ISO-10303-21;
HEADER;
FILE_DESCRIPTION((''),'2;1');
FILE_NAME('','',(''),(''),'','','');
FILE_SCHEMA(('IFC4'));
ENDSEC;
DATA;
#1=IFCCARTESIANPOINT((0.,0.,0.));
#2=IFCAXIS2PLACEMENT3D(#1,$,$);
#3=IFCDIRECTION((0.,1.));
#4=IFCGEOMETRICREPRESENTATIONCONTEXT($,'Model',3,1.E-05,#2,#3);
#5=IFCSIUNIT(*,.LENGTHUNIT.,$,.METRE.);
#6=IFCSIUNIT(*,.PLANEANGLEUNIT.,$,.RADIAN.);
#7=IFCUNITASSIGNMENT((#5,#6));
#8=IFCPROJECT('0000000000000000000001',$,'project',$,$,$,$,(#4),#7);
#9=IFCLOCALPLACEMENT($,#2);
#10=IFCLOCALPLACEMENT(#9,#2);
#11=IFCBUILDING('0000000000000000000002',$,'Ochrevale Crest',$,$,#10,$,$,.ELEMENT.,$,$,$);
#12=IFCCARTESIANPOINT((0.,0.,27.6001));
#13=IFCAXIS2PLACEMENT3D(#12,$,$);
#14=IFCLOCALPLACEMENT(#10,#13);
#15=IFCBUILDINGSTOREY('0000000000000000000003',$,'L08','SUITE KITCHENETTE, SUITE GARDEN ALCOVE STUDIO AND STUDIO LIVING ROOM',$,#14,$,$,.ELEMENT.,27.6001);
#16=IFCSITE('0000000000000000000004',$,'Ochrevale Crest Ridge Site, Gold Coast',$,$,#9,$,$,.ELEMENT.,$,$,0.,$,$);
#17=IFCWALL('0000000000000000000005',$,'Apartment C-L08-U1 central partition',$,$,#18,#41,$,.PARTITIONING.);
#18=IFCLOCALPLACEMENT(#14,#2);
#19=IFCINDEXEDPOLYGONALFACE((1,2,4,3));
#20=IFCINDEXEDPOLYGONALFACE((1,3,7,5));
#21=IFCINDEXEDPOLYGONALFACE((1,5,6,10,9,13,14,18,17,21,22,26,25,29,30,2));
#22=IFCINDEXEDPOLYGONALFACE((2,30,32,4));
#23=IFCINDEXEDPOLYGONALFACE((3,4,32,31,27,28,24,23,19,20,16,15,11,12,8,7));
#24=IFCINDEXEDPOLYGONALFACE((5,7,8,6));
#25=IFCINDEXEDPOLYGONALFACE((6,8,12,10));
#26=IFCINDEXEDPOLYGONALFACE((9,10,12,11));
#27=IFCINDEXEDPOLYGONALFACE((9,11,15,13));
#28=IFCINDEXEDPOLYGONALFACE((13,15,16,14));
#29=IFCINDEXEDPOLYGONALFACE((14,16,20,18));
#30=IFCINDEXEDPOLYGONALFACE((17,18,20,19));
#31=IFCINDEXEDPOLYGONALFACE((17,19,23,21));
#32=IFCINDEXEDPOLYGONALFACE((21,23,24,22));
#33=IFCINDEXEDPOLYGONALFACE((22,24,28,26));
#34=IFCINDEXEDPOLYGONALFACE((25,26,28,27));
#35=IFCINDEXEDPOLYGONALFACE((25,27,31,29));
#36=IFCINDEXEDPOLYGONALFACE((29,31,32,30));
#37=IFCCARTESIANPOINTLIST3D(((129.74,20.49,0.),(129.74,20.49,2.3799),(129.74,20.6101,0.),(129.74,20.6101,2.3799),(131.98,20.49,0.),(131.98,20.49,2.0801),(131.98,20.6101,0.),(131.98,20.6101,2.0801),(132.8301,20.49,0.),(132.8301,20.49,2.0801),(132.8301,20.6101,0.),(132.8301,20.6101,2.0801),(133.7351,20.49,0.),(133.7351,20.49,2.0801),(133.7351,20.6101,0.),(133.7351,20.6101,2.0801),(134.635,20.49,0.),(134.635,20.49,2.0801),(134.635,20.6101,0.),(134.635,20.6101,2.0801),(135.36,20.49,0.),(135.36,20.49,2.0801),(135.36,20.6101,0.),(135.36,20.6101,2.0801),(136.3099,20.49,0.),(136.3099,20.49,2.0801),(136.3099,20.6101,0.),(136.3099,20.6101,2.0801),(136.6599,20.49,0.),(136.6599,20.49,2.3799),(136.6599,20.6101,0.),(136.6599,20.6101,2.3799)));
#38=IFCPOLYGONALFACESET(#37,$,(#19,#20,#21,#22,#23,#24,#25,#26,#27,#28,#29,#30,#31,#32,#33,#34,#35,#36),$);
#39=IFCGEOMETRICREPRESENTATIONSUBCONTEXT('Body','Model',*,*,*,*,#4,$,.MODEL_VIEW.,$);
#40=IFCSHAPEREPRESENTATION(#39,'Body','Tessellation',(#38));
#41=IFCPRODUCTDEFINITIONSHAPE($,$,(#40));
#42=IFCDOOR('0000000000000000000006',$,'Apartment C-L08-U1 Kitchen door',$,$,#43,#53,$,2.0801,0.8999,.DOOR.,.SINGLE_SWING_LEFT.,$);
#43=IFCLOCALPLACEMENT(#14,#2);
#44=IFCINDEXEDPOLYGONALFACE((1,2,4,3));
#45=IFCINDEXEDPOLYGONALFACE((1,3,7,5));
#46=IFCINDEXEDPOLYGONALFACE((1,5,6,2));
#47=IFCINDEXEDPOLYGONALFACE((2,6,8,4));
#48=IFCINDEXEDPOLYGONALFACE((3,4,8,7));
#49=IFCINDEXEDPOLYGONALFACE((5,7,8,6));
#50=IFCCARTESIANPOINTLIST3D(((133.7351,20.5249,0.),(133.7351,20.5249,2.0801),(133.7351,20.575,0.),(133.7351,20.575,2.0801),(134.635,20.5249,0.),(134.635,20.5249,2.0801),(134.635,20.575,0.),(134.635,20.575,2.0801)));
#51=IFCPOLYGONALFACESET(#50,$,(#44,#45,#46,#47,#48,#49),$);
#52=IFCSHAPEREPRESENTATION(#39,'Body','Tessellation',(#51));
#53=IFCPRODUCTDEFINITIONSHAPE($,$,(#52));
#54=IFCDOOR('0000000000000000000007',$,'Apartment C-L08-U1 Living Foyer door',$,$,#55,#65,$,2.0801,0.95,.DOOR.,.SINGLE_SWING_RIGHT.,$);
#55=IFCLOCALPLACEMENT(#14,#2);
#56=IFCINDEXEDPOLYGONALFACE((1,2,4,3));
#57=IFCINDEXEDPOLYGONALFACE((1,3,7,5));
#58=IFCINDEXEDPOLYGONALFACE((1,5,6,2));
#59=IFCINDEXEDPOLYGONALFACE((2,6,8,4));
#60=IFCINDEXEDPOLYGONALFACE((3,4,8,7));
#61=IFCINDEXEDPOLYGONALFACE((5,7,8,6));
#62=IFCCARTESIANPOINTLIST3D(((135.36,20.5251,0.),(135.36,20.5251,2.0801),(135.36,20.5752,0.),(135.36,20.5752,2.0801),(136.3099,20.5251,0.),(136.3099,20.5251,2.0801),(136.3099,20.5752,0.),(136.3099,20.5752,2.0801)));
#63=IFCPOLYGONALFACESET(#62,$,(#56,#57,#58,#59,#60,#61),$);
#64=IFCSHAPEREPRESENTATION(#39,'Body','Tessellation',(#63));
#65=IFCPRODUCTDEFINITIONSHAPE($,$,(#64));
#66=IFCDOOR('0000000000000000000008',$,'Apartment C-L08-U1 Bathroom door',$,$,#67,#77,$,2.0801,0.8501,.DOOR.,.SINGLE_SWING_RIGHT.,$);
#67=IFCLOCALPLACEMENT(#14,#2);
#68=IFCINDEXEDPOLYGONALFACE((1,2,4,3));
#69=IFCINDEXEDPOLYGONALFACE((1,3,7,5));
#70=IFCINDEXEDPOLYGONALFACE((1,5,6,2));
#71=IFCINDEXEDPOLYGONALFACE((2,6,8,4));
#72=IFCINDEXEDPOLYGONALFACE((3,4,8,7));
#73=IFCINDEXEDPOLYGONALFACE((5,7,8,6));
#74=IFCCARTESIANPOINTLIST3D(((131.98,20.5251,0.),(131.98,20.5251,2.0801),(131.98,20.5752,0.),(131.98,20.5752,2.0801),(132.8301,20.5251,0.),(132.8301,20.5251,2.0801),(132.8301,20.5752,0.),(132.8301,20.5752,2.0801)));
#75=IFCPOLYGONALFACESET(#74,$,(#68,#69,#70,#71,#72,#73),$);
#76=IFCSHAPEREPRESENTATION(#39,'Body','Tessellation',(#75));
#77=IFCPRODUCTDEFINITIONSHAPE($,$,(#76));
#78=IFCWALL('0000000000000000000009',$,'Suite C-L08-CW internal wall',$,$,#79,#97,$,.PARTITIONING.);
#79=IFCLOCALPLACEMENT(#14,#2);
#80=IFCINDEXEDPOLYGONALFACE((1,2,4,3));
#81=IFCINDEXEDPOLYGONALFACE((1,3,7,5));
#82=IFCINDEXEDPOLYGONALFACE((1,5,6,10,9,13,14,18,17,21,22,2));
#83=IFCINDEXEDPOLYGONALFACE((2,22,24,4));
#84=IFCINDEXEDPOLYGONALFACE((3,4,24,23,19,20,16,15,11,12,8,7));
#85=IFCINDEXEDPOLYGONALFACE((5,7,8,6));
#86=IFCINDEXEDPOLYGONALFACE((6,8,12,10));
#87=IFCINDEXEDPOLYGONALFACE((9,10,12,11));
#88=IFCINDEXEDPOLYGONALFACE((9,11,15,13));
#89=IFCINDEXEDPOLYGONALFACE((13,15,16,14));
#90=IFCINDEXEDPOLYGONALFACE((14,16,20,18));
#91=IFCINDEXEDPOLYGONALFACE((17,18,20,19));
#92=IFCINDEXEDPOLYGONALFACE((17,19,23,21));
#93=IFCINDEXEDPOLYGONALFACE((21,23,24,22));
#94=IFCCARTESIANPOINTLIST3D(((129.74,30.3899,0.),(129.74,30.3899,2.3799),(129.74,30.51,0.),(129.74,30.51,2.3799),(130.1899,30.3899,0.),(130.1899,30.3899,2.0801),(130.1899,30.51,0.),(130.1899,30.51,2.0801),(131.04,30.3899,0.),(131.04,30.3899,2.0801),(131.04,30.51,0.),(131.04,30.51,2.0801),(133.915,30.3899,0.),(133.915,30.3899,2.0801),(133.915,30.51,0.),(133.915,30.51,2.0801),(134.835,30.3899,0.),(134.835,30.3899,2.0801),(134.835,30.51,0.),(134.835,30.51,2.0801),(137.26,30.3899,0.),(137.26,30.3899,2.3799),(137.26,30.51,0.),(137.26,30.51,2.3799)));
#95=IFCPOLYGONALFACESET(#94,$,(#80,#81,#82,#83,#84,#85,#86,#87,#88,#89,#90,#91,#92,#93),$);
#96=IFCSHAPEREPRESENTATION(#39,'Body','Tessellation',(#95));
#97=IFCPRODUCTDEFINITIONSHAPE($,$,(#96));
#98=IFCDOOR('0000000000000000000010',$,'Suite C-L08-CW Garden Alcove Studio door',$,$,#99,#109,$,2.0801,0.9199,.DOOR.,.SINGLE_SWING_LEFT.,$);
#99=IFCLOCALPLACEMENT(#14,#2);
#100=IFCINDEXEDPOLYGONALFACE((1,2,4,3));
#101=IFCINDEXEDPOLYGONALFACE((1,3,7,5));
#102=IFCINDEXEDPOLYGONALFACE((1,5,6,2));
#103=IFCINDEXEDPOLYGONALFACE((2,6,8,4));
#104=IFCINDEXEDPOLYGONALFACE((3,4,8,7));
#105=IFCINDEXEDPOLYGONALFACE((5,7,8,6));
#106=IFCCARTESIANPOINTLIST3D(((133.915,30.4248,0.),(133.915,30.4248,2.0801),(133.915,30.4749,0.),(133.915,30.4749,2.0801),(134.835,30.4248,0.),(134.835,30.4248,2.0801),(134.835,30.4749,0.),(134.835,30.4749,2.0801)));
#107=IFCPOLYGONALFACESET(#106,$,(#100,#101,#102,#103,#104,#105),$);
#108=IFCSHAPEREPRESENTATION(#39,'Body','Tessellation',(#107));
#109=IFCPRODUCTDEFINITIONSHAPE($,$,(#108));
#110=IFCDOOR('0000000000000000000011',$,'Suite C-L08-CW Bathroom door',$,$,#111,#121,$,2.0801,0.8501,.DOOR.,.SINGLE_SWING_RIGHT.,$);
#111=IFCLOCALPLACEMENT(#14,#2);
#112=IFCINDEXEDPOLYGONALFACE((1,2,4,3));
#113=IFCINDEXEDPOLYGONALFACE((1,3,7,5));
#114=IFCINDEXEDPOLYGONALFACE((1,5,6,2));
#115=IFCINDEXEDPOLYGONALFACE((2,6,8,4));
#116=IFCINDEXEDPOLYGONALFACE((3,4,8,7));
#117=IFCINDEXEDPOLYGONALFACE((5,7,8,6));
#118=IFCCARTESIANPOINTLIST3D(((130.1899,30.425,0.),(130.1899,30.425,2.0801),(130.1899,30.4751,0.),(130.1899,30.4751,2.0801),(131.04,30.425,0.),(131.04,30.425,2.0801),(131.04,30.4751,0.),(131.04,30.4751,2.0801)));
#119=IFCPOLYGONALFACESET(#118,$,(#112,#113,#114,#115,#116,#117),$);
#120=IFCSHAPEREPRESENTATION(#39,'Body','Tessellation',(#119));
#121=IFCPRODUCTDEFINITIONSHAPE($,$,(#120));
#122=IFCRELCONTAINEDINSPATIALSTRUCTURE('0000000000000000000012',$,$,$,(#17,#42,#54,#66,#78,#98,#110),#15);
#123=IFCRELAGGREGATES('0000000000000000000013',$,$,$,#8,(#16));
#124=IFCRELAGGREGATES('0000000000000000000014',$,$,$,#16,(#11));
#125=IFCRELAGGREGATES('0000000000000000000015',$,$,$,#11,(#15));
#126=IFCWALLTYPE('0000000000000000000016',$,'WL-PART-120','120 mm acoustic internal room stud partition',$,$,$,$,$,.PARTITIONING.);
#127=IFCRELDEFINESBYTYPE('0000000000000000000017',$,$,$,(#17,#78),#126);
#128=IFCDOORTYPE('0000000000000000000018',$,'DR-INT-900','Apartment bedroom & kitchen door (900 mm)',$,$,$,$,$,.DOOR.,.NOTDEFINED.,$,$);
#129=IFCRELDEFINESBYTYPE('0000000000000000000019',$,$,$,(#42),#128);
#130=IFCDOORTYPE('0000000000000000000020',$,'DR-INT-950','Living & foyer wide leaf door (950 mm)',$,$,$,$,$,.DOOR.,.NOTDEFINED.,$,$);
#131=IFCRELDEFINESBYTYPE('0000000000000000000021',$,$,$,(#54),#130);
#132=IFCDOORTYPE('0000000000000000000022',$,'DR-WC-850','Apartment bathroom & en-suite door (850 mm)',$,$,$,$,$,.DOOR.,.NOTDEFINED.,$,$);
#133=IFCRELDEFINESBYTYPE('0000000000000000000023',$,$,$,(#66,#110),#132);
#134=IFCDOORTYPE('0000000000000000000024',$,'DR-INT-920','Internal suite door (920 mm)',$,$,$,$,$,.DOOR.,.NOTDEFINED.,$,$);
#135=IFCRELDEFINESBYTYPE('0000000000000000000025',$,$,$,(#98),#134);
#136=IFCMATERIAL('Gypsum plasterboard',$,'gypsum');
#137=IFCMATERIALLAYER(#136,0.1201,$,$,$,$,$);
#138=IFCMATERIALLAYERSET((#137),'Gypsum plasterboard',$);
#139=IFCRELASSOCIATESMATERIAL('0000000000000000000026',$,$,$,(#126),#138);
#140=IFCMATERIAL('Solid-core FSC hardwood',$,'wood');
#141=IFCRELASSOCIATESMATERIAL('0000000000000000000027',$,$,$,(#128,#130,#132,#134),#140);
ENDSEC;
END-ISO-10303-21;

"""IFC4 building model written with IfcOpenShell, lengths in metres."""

from ifc_helpers import new_model, si_unit, direction, frame, frame_2d, origin, place, context, subcontext, project, spatial, rectangle, extrude, material, layer, layer_set, type_object, element, fill, save


model = new_model("IFC4")

# Units and contexts
model_context = context("Model", 3, precision=1e-05, world=origin(), true_north=direction((0.0, 1.0)))
body_context = subcontext(model_context, "Body", "Model", "MODEL_VIEW")
ifc_project = project(units=[si_unit("LENGTHUNIT", "METRE"), si_unit("PLANEANGLEUNIT", "RADIAN")], contexts=[model_context])

# Site, building, storey
site_placement = place(None, origin())
site = spatial("IfcSite", under=ifc_project, at=site_placement, Name="Ochrevale Crest Ridge Site, Gold Coast", CompositionType="ELEMENT", RefElevation=0.0)
building_placement = place(site_placement, origin())
building = spatial("IfcBuilding", under=site, at=building_placement, Name="Ochrevale Crest", CompositionType="ELEMENT")
storey_placement = place(building_placement, frame((0.0, 0.0, 27.6001)))
storey = spatial("IfcBuildingStorey", under=building, at=storey_placement, Name="L08", Description="SUITE KITCHENETTE, SUITE GARDEN ALCOVE STUDIO AND STUDIO LIVING ROOM", CompositionType="ELEMENT", Elevation=27.6001)

# Shared definitions
ifc_material_1 = material(Name="Gypsum plasterboard", Category="gypsum")
ifc_material_2 = material(Name="Solid-core FSC hardwood", Category="wood")

# Walls, openings, doors
ifc_layer_1 = layer(ifc_material_1, 0.1201)
ifc_layer_set_1 = layer_set([ifc_layer_1], Name="Gypsum plasterboard")
wall_type_1 = type_object("IfcWallType", Name="WL-PART-120", Description="120 mm acoustic internal room stud partition", PredefinedType="PARTITIONING", material=ifc_layer_set_1)
wall_1_placement = place(storey_placement, frame((129.74, 20.55, 0.0), z_axis=(0.0, 0.0, 1.0), x_axis=(1.0, 0.0, 0.0)))
wall_1 = element("IfcWall", 1, at=wall_1_placement, inside=storey, type_object=wall_type_1, Name="Apartment C-L08-U1 central partition", PredefinedType="PARTITIONING", context=body_context, shape_type="SweptSolid", body=[
    extrude(rectangle(XDim=6.9199, YDim=0.1201, at=frame_2d((3.46, 0.0))), origin(), (0.0, 0.0, 1.0), 2.3799),
])
opening_1_placement = place(wall_1_placement, frame((3.0901, 0.0, 0.0), z_axis=(0.0, 0.0, 1.0), x_axis=(-1.0, 0.0, 0.0)))
opening_1 = element("IfcOpeningElement", 2, at=opening_1_placement, cuts=wall_1, PredefinedType="OPENING", context=body_context, shape_type="SweptSolid", body=[
    extrude(rectangle(XDim=0.8501, YDim=2.0801, at=frame_2d((0.425, 1.04))), frame((0.0, 0.0701, 0.0), z_axis=(0.0, -1.0, 0.0), x_axis=(1.0, 0.0, 0.0)), (0.0, 0.0, 1.0), 0.1401),
])
opening_2_placement = place(wall_1_placement, frame((3.9951, 0.0, 0.0)))
opening_2 = element("IfcOpeningElement", 3, at=opening_2_placement, cuts=wall_1, PredefinedType="OPENING", context=body_context, shape_type="SweptSolid", body=[
    extrude(rectangle(XDim=0.8999, YDim=2.0801, at=frame_2d((0.45, 1.04))), frame((0.0, 0.0701, 0.0), z_axis=(0.0, -1.0, 0.0), x_axis=(1.0, 0.0, 0.0)), (0.0, 0.0, 1.0), 0.1401),
])
opening_3_placement = place(wall_1_placement, frame((6.5701, 0.0, 0.0), z_axis=(0.0, 0.0, 1.0), x_axis=(-1.0, 0.0, 0.0)))
opening_3 = element("IfcOpeningElement", 4, at=opening_3_placement, cuts=wall_1, PredefinedType="OPENING", context=body_context, shape_type="SweptSolid", body=[
    extrude(rectangle(XDim=0.95, YDim=2.0801, at=frame_2d((0.4751, 1.04))), frame((0.0, 0.0701, 0.0), z_axis=(0.0, -1.0, 0.0), x_axis=(1.0, 0.0, 0.0)), (0.0, 0.0, 1.0), 0.1401),
])
door_type_1 = type_object("IfcDoorType", Name="DR-INT-900", Description="Apartment bedroom & kitchen door (900 mm)", OperationType="NOTDEFINED", PredefinedType="DOOR", material=ifc_material_2)
door_1_placement = place(opening_2_placement, origin())
door_1 = element("IfcDoor", 5, at=door_1_placement, inside=storey, type_object=door_type_1, Name="Apartment C-L08-U1 Kitchen door", OperationType="SINGLE_SWING_LEFT", OverallHeight=2.0801, OverallWidth=0.8999, PredefinedType="DOOR", context=body_context, shape_type="SweptSolid", body=[
    extrude(rectangle(XDim=0.8999, YDim=2.0801, at=frame_2d((0.45, 1.04))), frame((0.0, 0.0249, 0.0), z_axis=(0.0, -1.0, 0.0), x_axis=(1.0, 0.0, 0.0)), (0.0, 0.0, 1.0), 0.05),
])
fill(opening_2, door_1)
door_type_2 = type_object("IfcDoorType", Name="DR-INT-950", Description="Living & foyer wide leaf door (950 mm)", OperationType="NOTDEFINED", PredefinedType="DOOR", material=ifc_material_2)
door_2_placement = place(opening_3_placement, origin())
door_2 = element("IfcDoor", 6, at=door_2_placement, inside=storey, type_object=door_type_2, Name="Apartment C-L08-U1 Living Foyer door", OperationType="SINGLE_SWING_RIGHT", OverallHeight=2.0801, OverallWidth=0.95, PredefinedType="DOOR", context=body_context, shape_type="SweptSolid", body=[
    extrude(rectangle(XDim=0.95, YDim=2.0801, at=frame_2d((0.4751, 1.04))), frame((0.0, 0.0249, 0.0), z_axis=(0.0, -1.0, 0.0), x_axis=(1.0, 0.0, 0.0)), (0.0, 0.0, 1.0), 0.05),
])
fill(opening_3, door_2)
door_type_3 = type_object("IfcDoorType", Name="DR-WC-850", Description="Apartment bathroom & en-suite door (850 mm)", OperationType="NOTDEFINED", PredefinedType="DOOR", material=ifc_material_2)
door_3_placement = place(opening_1_placement, origin())
door_3 = element("IfcDoor", 7, at=door_3_placement, inside=storey, type_object=door_type_3, Name="Apartment C-L08-U1 Bathroom door", OperationType="SINGLE_SWING_RIGHT", OverallHeight=2.0801, OverallWidth=0.8501, PredefinedType="DOOR", context=body_context, shape_type="SweptSolid", body=[
    extrude(rectangle(XDim=0.8501, YDim=2.0801, at=frame_2d((0.425, 1.04))), frame((0.0, 0.0249, 0.0), z_axis=(0.0, -1.0, 0.0), x_axis=(1.0, 0.0, 0.0)), (0.0, 0.0, 1.0), 0.05),
])
fill(opening_1, door_3)
wall_2_placement = place(storey_placement, frame((129.74, 30.45, 0.0), z_axis=(0.0, 0.0, 1.0), x_axis=(1.0, 0.0, 0.0)))
wall_2 = element("IfcWall", 8, at=wall_2_placement, inside=storey, type_object=wall_type_1, Name="Suite C-L08-CW internal wall", PredefinedType="PARTITIONING", context=body_context, shape_type="SweptSolid", body=[
    extrude(rectangle(XDim=7.52, YDim=0.1201, at=frame_2d((3.76, 0.0))), origin(), (0.0, 0.0, 1.0), 2.3799),
])
opening_4_placement = place(wall_2_placement, frame((1.3, 0.0, 0.0), z_axis=(0.0, 0.0, 1.0), x_axis=(-1.0, 0.0, 0.0)))
opening_4 = element("IfcOpeningElement", 9, at=opening_4_placement, cuts=wall_2, PredefinedType="OPENING", context=body_context, shape_type="SweptSolid", body=[
    extrude(rectangle(XDim=0.8501, YDim=2.0801, at=frame_2d((0.425, 1.04))), frame((0.0, 0.0701, 0.0), z_axis=(0.0, -1.0, 0.0), x_axis=(1.0, 0.0, 0.0)), (0.0, 0.0, 1.0), 0.1401),
])
opening_5_placement = place(wall_2_placement, frame((4.175, 0.0, 0.0)))
opening_5 = element("IfcOpeningElement", 10, at=opening_5_placement, cuts=wall_2, PredefinedType="OPENING", context=body_context, shape_type="SweptSolid", body=[
    extrude(rectangle(XDim=0.9199, YDim=2.0801, at=frame_2d((0.46, 1.04))), frame((0.0, 0.0701, 0.0), z_axis=(0.0, -1.0, 0.0), x_axis=(1.0, 0.0, 0.0)), (0.0, 0.0, 1.0), 0.1401),
])
door_type_4 = type_object("IfcDoorType", Name="DR-INT-920", Description="Internal suite door (920 mm)", OperationType="NOTDEFINED", PredefinedType="DOOR", material=ifc_material_2)
door_4_placement = place(opening_5_placement, origin())
door_4 = element("IfcDoor", 11, at=door_4_placement, inside=storey, type_object=door_type_4, Name="Suite C-L08-CW Garden Alcove Studio door", OperationType="SINGLE_SWING_LEFT", OverallHeight=2.0801, OverallWidth=0.9199, PredefinedType="DOOR", context=body_context, shape_type="SweptSolid", body=[
    extrude(rectangle(XDim=0.9199, YDim=2.0801, at=frame_2d((0.46, 1.04))), frame((0.0, 0.0249, 0.0), z_axis=(0.0, -1.0, 0.0), x_axis=(1.0, 0.0, 0.0)), (0.0, 0.0, 1.0), 0.05),
])
fill(opening_5, door_4)
door_5_placement = place(opening_4_placement, origin())
door_5 = element("IfcDoor", 12, at=door_5_placement, inside=storey, type_object=door_type_3, Name="Suite C-L08-CW Bathroom door", OperationType="SINGLE_SWING_RIGHT", OverallHeight=2.0801, OverallWidth=0.8501, PredefinedType="DOOR", context=body_context, shape_type="SweptSolid", body=[
    extrude(rectangle(XDim=0.8501, YDim=2.0801, at=frame_2d((0.425, 1.04))), frame((0.0, 0.0249, 0.0), z_axis=(0.0, -1.0, 0.0), x_axis=(1.0, 0.0, 0.0)), (0.0, 0.0, 1.0), 0.05),
])
fill(opening_4, door_5)

save(model, "model.ifc")
